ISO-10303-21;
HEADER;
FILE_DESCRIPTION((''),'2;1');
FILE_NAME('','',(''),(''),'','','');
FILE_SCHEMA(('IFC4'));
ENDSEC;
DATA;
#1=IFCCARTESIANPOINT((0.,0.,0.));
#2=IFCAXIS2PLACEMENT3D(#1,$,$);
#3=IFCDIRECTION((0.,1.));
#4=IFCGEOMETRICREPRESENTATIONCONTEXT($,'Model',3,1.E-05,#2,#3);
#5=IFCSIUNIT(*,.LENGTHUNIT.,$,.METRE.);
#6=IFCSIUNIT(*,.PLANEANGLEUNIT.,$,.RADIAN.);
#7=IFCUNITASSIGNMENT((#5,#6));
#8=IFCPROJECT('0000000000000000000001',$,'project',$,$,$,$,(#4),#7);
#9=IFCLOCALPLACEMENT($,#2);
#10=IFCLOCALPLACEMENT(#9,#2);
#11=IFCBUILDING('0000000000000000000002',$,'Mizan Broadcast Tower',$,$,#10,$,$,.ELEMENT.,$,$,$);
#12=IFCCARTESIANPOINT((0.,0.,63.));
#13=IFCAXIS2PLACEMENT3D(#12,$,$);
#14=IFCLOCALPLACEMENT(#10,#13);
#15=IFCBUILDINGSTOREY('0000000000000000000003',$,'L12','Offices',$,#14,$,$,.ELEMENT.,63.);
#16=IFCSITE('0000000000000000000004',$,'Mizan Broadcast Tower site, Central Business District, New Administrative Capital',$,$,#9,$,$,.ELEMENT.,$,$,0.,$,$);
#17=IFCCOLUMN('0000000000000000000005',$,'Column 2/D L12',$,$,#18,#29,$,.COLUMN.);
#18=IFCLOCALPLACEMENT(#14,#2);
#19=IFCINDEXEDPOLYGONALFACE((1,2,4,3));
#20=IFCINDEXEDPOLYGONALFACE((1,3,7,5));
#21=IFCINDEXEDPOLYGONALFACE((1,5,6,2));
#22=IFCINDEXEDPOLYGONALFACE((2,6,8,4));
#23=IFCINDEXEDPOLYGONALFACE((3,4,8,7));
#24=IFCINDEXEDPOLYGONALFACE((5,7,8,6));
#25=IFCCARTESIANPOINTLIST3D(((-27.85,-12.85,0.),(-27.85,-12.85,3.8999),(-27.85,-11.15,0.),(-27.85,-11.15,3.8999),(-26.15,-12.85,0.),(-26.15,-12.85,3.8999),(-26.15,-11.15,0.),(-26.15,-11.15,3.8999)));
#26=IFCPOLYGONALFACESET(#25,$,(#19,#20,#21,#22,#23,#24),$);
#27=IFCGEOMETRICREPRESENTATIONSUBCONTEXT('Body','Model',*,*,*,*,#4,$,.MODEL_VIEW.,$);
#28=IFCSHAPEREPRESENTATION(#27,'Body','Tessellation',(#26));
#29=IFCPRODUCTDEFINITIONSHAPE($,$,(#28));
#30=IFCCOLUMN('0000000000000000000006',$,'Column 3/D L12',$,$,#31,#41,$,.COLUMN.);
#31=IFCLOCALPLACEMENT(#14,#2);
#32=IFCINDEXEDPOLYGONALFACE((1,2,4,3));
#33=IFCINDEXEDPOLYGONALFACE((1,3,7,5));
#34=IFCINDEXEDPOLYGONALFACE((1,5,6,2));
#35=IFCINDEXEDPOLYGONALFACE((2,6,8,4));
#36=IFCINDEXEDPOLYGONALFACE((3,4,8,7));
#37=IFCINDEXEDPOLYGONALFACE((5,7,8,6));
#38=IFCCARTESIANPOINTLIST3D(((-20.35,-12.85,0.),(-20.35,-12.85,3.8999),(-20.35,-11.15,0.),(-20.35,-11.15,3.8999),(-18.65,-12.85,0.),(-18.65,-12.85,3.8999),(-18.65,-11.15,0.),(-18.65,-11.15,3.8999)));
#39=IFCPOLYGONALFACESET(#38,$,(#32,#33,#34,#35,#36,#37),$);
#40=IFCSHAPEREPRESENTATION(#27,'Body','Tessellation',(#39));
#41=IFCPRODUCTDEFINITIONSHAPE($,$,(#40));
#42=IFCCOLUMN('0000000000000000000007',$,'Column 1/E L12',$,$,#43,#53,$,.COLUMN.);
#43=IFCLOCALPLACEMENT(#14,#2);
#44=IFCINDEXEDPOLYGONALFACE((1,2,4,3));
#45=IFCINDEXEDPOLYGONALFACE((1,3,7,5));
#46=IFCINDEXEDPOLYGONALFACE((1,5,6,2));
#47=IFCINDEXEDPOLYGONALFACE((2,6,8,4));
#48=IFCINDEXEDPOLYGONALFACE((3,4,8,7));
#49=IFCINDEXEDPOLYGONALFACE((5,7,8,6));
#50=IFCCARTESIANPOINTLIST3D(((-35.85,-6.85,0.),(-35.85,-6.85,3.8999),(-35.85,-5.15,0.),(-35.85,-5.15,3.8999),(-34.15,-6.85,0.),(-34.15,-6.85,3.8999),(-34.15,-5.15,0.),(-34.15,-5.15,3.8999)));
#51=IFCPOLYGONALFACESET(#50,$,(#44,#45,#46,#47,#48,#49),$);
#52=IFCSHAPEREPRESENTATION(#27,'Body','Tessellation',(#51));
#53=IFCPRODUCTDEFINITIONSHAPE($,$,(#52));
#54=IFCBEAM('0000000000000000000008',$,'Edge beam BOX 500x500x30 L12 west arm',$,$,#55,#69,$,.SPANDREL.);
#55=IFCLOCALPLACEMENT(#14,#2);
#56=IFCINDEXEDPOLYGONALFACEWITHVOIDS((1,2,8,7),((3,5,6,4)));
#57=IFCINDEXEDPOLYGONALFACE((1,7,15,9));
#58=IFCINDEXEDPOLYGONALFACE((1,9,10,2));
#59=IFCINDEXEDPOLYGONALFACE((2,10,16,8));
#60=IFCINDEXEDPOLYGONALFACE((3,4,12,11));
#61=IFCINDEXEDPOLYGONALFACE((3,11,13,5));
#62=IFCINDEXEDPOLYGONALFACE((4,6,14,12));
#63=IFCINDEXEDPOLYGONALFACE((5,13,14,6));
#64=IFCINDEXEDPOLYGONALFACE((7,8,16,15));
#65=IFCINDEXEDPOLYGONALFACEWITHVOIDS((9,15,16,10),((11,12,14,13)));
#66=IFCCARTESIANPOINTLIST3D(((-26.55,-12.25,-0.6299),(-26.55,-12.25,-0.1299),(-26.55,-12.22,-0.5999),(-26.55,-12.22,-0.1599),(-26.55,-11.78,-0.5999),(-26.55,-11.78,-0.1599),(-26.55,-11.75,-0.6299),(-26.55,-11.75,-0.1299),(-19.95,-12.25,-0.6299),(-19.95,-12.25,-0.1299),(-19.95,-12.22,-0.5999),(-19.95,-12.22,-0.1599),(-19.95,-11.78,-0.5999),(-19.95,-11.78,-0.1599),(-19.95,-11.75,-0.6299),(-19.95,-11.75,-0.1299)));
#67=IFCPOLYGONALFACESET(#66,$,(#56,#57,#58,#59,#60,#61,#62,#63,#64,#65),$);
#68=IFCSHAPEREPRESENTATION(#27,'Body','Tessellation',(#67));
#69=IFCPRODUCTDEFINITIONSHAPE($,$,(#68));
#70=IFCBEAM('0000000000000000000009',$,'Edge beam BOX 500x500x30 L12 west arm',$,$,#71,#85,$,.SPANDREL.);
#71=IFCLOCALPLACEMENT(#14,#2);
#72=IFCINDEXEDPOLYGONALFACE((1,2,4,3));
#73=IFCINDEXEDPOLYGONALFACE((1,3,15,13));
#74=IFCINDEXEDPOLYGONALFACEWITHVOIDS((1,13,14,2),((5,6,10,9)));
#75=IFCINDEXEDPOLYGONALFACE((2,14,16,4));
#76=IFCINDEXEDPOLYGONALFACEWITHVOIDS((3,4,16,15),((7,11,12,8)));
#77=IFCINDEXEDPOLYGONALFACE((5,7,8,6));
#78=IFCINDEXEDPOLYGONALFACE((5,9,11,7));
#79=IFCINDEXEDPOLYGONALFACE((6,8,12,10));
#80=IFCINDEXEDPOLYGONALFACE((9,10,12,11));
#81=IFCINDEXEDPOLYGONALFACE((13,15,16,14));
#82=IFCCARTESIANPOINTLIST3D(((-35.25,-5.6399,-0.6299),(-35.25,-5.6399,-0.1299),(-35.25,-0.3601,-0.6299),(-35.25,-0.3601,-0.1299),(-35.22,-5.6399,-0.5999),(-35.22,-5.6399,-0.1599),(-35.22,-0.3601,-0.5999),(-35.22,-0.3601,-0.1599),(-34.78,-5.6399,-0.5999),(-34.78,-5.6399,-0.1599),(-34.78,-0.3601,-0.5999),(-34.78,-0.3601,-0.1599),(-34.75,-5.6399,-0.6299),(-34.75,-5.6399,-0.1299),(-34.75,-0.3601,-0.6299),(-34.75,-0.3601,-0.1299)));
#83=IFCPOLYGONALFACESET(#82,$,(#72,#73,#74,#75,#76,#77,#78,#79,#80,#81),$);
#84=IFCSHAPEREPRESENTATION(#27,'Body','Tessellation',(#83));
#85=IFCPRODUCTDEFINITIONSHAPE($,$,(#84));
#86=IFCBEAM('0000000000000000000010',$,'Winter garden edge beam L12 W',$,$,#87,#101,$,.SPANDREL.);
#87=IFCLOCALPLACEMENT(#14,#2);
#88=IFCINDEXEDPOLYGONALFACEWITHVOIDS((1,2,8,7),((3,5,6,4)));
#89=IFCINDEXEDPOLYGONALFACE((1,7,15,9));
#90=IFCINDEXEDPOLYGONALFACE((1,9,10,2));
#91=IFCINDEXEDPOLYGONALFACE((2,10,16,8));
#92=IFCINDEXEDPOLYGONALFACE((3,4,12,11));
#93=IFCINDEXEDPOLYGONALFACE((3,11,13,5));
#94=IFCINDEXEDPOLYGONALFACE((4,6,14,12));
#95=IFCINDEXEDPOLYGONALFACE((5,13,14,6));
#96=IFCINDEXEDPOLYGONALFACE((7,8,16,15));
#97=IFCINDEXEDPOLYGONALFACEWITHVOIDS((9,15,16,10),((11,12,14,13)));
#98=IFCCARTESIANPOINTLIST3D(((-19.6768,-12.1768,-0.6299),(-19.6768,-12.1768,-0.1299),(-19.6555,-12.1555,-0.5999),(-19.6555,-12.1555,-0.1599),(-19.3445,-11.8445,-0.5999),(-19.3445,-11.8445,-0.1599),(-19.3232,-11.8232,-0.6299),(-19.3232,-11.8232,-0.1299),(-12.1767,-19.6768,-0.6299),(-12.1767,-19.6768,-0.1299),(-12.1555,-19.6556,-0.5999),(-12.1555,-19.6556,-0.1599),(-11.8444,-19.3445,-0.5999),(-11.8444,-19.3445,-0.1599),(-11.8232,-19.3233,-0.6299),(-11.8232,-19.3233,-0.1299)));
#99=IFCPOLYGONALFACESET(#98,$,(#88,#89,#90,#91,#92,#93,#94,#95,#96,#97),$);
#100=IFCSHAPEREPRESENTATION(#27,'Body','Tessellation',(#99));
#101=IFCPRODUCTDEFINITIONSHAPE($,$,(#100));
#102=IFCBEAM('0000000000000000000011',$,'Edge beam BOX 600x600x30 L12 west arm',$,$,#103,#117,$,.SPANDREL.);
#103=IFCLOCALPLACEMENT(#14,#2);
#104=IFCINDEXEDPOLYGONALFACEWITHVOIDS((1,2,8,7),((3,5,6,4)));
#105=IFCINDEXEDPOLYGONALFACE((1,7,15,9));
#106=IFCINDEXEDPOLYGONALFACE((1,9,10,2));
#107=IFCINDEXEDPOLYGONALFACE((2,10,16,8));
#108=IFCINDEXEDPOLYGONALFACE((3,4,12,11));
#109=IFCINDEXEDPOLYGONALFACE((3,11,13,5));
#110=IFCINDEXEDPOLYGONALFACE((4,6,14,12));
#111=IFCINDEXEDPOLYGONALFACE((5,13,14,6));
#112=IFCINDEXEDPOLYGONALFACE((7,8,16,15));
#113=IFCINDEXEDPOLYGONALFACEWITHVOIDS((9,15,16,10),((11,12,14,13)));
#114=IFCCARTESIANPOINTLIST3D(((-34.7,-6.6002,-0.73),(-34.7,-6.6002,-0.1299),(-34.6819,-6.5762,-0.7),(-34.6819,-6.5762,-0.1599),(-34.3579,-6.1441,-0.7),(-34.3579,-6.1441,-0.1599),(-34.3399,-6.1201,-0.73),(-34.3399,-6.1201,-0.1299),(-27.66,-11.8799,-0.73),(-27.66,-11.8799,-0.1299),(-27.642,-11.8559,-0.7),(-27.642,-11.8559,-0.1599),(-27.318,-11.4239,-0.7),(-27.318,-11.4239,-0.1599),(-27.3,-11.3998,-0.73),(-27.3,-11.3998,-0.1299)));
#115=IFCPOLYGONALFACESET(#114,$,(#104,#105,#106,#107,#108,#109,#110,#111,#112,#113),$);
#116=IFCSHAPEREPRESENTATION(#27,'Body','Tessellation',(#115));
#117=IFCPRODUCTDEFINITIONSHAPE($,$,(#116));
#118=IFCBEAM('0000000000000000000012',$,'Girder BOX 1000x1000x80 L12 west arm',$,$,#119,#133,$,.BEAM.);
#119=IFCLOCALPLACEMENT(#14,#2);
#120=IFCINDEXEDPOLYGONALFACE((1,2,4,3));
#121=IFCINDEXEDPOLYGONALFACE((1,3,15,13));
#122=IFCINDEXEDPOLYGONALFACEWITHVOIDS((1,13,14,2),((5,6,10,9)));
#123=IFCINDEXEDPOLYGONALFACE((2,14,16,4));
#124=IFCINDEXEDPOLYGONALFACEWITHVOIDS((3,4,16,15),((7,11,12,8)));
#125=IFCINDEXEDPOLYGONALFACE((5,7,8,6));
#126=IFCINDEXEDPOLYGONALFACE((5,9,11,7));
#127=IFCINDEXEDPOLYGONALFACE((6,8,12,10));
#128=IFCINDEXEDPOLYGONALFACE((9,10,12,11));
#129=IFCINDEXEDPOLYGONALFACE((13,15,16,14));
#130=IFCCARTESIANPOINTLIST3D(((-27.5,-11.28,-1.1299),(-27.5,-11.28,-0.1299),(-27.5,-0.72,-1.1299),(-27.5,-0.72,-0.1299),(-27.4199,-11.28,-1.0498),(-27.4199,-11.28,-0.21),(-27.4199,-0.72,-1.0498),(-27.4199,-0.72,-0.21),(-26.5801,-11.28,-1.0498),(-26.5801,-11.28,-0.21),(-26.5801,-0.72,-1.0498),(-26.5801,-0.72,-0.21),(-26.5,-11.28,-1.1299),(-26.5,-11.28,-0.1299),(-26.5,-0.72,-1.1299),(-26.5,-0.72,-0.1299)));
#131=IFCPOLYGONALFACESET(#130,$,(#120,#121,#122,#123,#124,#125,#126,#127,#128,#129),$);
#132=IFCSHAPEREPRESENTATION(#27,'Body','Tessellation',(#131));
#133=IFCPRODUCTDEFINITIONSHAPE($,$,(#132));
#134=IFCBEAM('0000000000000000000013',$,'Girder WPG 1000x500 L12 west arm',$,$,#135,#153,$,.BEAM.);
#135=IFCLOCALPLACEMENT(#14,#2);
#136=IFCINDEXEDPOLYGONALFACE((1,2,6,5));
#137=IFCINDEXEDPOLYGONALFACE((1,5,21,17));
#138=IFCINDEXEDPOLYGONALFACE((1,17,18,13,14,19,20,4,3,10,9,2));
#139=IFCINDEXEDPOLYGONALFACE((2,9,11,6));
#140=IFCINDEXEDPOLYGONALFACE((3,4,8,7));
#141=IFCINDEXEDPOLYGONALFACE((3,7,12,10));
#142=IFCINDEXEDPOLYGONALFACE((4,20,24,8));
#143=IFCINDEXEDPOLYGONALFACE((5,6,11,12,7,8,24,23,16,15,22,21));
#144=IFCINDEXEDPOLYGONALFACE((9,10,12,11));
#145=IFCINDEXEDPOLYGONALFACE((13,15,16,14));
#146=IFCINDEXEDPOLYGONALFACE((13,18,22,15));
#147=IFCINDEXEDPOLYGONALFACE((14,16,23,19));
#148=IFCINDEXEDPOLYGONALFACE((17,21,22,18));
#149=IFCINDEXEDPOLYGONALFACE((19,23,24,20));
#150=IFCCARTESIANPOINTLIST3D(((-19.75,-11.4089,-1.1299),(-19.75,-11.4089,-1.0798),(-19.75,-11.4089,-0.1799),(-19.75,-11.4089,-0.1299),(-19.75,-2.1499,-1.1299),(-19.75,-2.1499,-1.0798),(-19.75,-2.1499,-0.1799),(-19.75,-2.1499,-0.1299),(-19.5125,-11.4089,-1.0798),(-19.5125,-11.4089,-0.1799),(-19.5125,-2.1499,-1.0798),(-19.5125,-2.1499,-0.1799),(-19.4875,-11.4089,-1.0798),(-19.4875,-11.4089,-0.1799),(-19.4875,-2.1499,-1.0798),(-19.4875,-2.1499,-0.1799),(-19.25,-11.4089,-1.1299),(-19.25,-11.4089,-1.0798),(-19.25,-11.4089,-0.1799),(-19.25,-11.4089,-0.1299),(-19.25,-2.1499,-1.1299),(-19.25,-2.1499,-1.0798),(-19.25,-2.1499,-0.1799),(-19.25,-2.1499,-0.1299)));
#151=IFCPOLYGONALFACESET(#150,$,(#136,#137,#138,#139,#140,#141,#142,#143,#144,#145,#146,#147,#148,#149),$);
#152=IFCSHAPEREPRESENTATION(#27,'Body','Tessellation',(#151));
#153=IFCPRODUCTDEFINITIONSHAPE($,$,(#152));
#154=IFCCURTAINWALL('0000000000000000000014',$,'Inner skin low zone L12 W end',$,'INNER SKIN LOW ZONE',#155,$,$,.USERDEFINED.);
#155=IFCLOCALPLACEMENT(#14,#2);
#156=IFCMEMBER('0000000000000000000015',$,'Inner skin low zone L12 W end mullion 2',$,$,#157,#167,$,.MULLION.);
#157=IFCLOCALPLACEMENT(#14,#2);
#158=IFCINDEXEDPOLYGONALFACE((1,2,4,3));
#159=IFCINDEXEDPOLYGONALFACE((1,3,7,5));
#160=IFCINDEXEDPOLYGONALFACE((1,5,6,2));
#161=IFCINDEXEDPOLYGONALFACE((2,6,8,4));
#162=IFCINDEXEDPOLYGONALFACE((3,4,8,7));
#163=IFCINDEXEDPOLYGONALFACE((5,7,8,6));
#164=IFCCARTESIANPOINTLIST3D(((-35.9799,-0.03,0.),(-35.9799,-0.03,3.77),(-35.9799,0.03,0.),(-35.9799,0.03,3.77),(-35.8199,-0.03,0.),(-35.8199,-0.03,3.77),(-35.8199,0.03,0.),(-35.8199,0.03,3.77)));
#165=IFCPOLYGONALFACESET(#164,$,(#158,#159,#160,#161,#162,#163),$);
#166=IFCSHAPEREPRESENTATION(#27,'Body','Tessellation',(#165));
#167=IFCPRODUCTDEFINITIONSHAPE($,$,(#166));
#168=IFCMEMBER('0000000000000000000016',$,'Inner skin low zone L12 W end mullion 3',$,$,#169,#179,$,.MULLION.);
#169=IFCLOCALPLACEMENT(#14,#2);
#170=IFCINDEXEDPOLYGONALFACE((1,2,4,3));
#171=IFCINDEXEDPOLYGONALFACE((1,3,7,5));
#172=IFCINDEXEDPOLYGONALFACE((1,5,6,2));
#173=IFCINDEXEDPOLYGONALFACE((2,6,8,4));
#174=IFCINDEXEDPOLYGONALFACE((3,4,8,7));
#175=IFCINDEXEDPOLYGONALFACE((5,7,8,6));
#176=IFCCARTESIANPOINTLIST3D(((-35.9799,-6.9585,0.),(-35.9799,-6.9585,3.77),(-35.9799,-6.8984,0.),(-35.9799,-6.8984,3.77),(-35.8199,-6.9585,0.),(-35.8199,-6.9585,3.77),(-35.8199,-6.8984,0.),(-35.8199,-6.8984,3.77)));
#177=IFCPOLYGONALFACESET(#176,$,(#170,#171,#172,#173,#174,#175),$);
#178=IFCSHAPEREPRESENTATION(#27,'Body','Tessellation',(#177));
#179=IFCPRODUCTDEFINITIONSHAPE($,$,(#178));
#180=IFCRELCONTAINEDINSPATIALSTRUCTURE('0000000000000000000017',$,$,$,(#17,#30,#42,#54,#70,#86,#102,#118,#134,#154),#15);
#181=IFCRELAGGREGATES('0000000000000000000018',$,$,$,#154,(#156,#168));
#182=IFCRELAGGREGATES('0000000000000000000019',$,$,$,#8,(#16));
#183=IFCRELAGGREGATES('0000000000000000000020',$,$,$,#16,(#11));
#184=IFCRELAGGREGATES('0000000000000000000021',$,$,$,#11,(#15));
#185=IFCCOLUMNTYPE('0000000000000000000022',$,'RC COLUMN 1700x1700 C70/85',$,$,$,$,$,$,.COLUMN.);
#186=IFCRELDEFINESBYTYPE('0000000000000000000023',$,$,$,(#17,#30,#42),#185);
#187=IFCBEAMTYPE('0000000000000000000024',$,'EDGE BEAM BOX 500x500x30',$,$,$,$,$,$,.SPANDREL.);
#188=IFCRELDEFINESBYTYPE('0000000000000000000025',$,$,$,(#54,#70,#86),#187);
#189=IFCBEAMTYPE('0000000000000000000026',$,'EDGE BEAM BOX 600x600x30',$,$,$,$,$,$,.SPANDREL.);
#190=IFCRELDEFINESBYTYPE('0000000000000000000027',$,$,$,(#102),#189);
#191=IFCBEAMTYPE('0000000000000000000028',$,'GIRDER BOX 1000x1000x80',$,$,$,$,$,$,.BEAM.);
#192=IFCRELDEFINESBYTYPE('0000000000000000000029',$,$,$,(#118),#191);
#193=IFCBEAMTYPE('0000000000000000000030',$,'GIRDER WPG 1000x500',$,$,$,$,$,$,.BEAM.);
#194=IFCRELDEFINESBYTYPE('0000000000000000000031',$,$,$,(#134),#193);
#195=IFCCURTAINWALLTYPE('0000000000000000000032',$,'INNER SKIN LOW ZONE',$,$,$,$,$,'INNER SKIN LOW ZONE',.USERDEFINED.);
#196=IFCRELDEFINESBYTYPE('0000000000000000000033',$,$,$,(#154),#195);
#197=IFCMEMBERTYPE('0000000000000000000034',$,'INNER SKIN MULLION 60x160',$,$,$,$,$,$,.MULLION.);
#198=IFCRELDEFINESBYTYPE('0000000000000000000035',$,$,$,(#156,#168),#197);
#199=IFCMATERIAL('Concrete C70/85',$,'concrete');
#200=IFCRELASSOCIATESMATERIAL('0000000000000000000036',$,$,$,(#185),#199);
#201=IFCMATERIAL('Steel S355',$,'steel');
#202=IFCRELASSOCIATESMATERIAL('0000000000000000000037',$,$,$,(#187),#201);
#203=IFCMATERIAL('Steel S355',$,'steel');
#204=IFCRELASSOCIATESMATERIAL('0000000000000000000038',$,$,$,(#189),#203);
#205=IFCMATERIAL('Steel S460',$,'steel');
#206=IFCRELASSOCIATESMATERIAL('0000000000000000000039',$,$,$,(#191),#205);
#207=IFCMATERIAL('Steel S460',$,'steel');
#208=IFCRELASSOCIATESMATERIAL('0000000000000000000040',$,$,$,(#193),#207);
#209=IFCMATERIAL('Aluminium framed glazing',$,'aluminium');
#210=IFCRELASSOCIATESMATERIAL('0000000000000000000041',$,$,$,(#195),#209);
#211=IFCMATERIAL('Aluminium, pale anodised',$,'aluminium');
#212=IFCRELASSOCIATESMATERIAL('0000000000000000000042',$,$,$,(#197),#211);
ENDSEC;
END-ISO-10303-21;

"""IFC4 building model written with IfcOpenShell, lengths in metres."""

from ifc_helpers import new_model, si_unit, direction, frame, origin, origin_2d, place, context, subcontext, project, spatial, rectangle, hollow_rectangle, i_section, extrude, material, material_profile, profile_set, type_object, element, aggregate, save


model = new_model("IFC4")

# Units and contexts
model_context = context("Model", 3, precision=1e-05, world=origin(), true_north=direction((0.0, 1.0)))
body_context = subcontext(model_context, "Body", "Model", "MODEL_VIEW")
ifc_project = project(units=[si_unit("LENGTHUNIT", "METRE"), si_unit("PLANEANGLEUNIT", "RADIAN")], contexts=[model_context])

# Site, building, storey
site_placement = place(None, origin())
site = spatial("IfcSite", under=ifc_project, at=site_placement, Name="Mizan Broadcast Tower site, Central Business District, New Administrative Capital", CompositionType="ELEMENT", RefElevation=0.0)
building_placement = place(site_placement, origin())
building = spatial("IfcBuilding", under=site, at=building_placement, Name="Mizan Broadcast Tower", CompositionType="ELEMENT")
storey_placement = place(building_placement, frame((0.0, 0.0, 63.0)))
storey = spatial("IfcBuildingStorey", under=building, at=storey_placement, Name="L12", Description="Offices", CompositionType="ELEMENT", Elevation=63.0)

# Columns
ifc_material_1 = material(Name="Concrete C70/85", Category="concrete")
ifc_material_profile_1 = material_profile(ifc_material_1, rectangle(XDim=1.7, YDim=1.7, at=origin_2d()), Name="RC 1700x1700")
ifc_profile_set_1 = profile_set([ifc_material_profile_1], Name="Concrete C70/85")
column_type = type_object("IfcColumnType", Name="RC COLUMN 1700x1700 C70/85", PredefinedType="COLUMN", material=ifc_profile_set_1)
for number, where, z_axis, x_axis, name in (
    (1, (-27.0, -12.0, 0.0), (0.0, 0.0, 1.0), (1.0, 0.0, 0.0), "Column 2/D L12"),
    (2, (-19.5, -12.0, 0.0), (0.0, 0.0, 1.0), (1.0, 0.0, 0.0), "Column 3/D L12"),
    (3, (-35.0, -6.0, 0.0), (0.0, 0.0, 1.0), (1.0, 0.0, 0.0), "Column 1/E L12"),
):
    element("IfcColumn", number, at=place(storey_placement, frame(where, z_axis=z_axis, x_axis=x_axis)), inside=storey, type_object=column_type, Name=name, PredefinedType="COLUMN", context=body_context, shape_type="SweptSolid", body=[
        extrude(rectangle(XDim=1.7, YDim=1.7, at=origin_2d()), origin(), (0.0, 0.0, 1.0), 3.8999),
    ])

# Beams
ifc_material_2 = material(Name="Steel S355", Category="steel")
ifc_material_profile_2 = material_profile(ifc_material_2, hollow_rectangle(XDim=0.5, YDim=0.5, WallThickness=0.03, at=origin_2d()), Name="BOX 500x500x30")
ifc_profile_set_2 = profile_set([ifc_material_profile_2], Name="Steel S355")
beam_type_1 = type_object("IfcBeamType", Name="EDGE BEAM BOX 500x500x30", PredefinedType="SPANDREL", material=ifc_profile_set_2)
beam_1_placement = place(storey_placement, frame((-19.95, -12.0, -0.3799), z_axis=(-1.0, 0.0, 0.0), x_axis=(0.0, -1.0, 0.0)))
element("IfcBeam", 4, at=beam_1_placement, inside=storey, type_object=beam_type_1, Name="Edge beam BOX 500x500x30 L12 west arm", PredefinedType="SPANDREL", context=body_context, shape_type="SweptSolid", body=[
    extrude(hollow_rectangle(XDim=0.5, YDim=0.5, WallThickness=0.03, at=origin_2d()), origin(), (0.0, 0.0, 1.0), 6.6001),
])
beam_2_placement = place(storey_placement, frame((-35.0, -5.6399, -0.3799), z_axis=(0.0, 1.0, 0.0), x_axis=(-1.0, 0.0, 0.0)))
element("IfcBeam", 5, at=beam_2_placement, inside=storey, type_object=beam_type_1, Name="Edge beam BOX 500x500x30 L12 west arm", PredefinedType="SPANDREL", context=body_context, shape_type="SweptSolid", body=[
    extrude(hollow_rectangle(XDim=0.5, YDim=0.5, WallThickness=0.03, at=origin_2d()), origin(), (0.0, 0.0, 1.0), 5.2798),
])
beam_3_placement = place(storey_placement, frame((-19.5, -12.0, -0.3799), z_axis=(0.707107, -0.707107, 0.0), x_axis=(0.707107, 0.707107, 0.0)))
element("IfcBeam", 6, at=beam_3_placement, inside=storey, type_object=beam_type_1, Name="Winter garden edge beam L12 W", PredefinedType="SPANDREL", context=body_context, shape_type="SweptSolid", body=[
    extrude(hollow_rectangle(XDim=0.5, YDim=0.5, WallThickness=0.03, at=origin_2d()), origin(), (0.0, 0.0, 1.0), 10.6067),
])
ifc_material_3 = material(Name="Steel S355", Category="steel")
ifc_material_profile_3 = material_profile(ifc_material_3, hollow_rectangle(XDim=0.6001, YDim=0.6001, WallThickness=0.03, at=origin_2d()), Name="BOX 600x600x30")
ifc_profile_set_3 = profile_set([ifc_material_profile_3], Name="Steel S355")
beam_type_2 = type_object("IfcBeamType", Name="EDGE BEAM BOX 600x600x30", PredefinedType="SPANDREL", material=ifc_profile_set_3)
beam_4_placement = place(storey_placement, frame((-27.48, -11.6399, -0.4299), z_axis=(-0.800013, 0.599982, 0.0), x_axis=(-0.599982, -0.800013, 0.0)))
element("IfcBeam", 7, at=beam_4_placement, inside=storey, type_object=beam_type_2, Name="Edge beam BOX 600x600x30 L12 west arm", PredefinedType="SPANDREL", context=body_context, shape_type="SweptSolid", body=[
    extrude(hollow_rectangle(XDim=0.6001, YDim=0.6001, WallThickness=0.03, at=origin_2d()), origin(), (0.0, 0.0, 1.0), 8.7998),
])
ifc_material_4 = material(Name="Steel S460", Category="steel")
ifc_material_profile_4 = material_profile(ifc_material_4, hollow_rectangle(XDim=1.0, YDim=1.0, WallThickness=0.0801, at=origin_2d()), Name="BOX 1000x1000x80")
ifc_profile_set_4 = profile_set([ifc_material_profile_4], Name="Steel S460")
beam_type_3 = type_object("IfcBeamType", Name="GIRDER BOX 1000x1000x80", PredefinedType="BEAM", material=ifc_profile_set_4)
beam_5_placement = place(storey_placement, frame((-27.0, -11.28, -0.6299), z_axis=(0.0, 1.0, 0.0), x_axis=(-1.0, 0.0, 0.0)))
element("IfcBeam", 8, at=beam_5_placement, inside=storey, type_object=beam_type_3, Name="Girder BOX 1000x1000x80 L12 west arm", PredefinedType="BEAM", context=body_context, shape_type="SweptSolid", body=[
    extrude(hollow_rectangle(XDim=1.0, YDim=1.0, WallThickness=0.0801, at=origin_2d()), origin(), (0.0, 0.0, 1.0), 10.5601),
])
ifc_material_5 = material(Name="Steel S460", Category="steel")
ifc_material_profile_5 = material_profile(ifc_material_5, i_section(OverallWidth=0.5, OverallDepth=1.0, WebThickness=0.0249, FlangeThickness=0.05, at=origin_2d()), Name="WPG 1000x500")
ifc_profile_set_5 = profile_set([ifc_material_profile_5], Name="Steel S460")
beam_type_4 = type_object("IfcBeamType", Name="GIRDER WPG 1000x500", PredefinedType="BEAM", material=ifc_profile_set_5)
beam_6_placement = place(storey_placement, frame((-19.5, -11.4089, -0.6299), z_axis=(0.0, 1.0, 0.0), x_axis=(-1.0, 0.0, 0.0)))
element("IfcBeam", 9, at=beam_6_placement, inside=storey, type_object=beam_type_4, Name="Girder WPG 1000x500 L12 west arm", PredefinedType="BEAM", context=body_context, shape_type="SweptSolid", body=[
    extrude(i_section(OverallWidth=0.5, OverallDepth=1.0, WebThickness=0.0249, FlangeThickness=0.05, at=origin_2d()), origin(), (0.0, 0.0, 1.0), 9.259),
])

# Curtain wall, members
ifc_material_6 = material(Name="Aluminium framed glazing", Category="aluminium")
curtain_wall_type_1 = type_object("IfcCurtainWallType", Name="INNER SKIN LOW ZONE", ElementType="INNER SKIN LOW ZONE", PredefinedType="USERDEFINED", material=ifc_material_6)
curtain_wall_1_placement = place(storey_placement, origin())
curtain_wall_1 = element("IfcCurtainWall", 10, at=curtain_wall_1_placement, inside=storey, type_object=curtain_wall_type_1, Name="Inner skin low zone L12 W end", ObjectType="INNER SKIN LOW ZONE", PredefinedType="USERDEFINED")
ifc_material_7 = material(Name="Aluminium, pale anodised", Category="aluminium")
ifc_material_profile_6 = material_profile(ifc_material_7, rectangle(XDim=0.1599, YDim=0.0601, at=origin_2d()), Name="MULLION 160x60")
ifc_profile_set_6 = profile_set([ifc_material_profile_6], Name="Aluminium, pale anodised")
member_type_1 = type_object("IfcMemberType", Name="INNER SKIN MULLION 60x160", PredefinedType="MULLION", material=ifc_profile_set_6)
member_1_placement = place(storey_placement, frame((-35.8999, 0.0, 0.0), z_axis=(0.0, 0.0, 1.0), x_axis=(1.0, 0.0, 0.0)))
member_1 = element("IfcMember", 11, at=member_1_placement, type_object=member_type_1, Name="Inner skin low zone L12 W end mullion 2", PredefinedType="MULLION", context=body_context, shape_type="SweptSolid", body=[
    extrude(rectangle(XDim=0.1599, YDim=0.0601, at=origin_2d()), origin(), (0.0, 0.0, 1.0), 3.77),
])
member_2_placement = place(storey_placement, frame((-35.8999, -6.9285, 0.0), z_axis=(0.0, 0.0, 1.0), x_axis=(1.0, 0.0, 0.0)))
member_2 = element("IfcMember", 12, at=member_2_placement, type_object=member_type_1, Name="Inner skin low zone L12 W end mullion 3", PredefinedType="MULLION", context=body_context, shape_type="SweptSolid", body=[
    extrude(rectangle(XDim=0.1599, YDim=0.0601, at=origin_2d()), origin(), (0.0, 0.0, 1.0), 3.77),
])

aggregate(curtain_wall_1, [member_1, member_2])

save(model, "model.ifc")
